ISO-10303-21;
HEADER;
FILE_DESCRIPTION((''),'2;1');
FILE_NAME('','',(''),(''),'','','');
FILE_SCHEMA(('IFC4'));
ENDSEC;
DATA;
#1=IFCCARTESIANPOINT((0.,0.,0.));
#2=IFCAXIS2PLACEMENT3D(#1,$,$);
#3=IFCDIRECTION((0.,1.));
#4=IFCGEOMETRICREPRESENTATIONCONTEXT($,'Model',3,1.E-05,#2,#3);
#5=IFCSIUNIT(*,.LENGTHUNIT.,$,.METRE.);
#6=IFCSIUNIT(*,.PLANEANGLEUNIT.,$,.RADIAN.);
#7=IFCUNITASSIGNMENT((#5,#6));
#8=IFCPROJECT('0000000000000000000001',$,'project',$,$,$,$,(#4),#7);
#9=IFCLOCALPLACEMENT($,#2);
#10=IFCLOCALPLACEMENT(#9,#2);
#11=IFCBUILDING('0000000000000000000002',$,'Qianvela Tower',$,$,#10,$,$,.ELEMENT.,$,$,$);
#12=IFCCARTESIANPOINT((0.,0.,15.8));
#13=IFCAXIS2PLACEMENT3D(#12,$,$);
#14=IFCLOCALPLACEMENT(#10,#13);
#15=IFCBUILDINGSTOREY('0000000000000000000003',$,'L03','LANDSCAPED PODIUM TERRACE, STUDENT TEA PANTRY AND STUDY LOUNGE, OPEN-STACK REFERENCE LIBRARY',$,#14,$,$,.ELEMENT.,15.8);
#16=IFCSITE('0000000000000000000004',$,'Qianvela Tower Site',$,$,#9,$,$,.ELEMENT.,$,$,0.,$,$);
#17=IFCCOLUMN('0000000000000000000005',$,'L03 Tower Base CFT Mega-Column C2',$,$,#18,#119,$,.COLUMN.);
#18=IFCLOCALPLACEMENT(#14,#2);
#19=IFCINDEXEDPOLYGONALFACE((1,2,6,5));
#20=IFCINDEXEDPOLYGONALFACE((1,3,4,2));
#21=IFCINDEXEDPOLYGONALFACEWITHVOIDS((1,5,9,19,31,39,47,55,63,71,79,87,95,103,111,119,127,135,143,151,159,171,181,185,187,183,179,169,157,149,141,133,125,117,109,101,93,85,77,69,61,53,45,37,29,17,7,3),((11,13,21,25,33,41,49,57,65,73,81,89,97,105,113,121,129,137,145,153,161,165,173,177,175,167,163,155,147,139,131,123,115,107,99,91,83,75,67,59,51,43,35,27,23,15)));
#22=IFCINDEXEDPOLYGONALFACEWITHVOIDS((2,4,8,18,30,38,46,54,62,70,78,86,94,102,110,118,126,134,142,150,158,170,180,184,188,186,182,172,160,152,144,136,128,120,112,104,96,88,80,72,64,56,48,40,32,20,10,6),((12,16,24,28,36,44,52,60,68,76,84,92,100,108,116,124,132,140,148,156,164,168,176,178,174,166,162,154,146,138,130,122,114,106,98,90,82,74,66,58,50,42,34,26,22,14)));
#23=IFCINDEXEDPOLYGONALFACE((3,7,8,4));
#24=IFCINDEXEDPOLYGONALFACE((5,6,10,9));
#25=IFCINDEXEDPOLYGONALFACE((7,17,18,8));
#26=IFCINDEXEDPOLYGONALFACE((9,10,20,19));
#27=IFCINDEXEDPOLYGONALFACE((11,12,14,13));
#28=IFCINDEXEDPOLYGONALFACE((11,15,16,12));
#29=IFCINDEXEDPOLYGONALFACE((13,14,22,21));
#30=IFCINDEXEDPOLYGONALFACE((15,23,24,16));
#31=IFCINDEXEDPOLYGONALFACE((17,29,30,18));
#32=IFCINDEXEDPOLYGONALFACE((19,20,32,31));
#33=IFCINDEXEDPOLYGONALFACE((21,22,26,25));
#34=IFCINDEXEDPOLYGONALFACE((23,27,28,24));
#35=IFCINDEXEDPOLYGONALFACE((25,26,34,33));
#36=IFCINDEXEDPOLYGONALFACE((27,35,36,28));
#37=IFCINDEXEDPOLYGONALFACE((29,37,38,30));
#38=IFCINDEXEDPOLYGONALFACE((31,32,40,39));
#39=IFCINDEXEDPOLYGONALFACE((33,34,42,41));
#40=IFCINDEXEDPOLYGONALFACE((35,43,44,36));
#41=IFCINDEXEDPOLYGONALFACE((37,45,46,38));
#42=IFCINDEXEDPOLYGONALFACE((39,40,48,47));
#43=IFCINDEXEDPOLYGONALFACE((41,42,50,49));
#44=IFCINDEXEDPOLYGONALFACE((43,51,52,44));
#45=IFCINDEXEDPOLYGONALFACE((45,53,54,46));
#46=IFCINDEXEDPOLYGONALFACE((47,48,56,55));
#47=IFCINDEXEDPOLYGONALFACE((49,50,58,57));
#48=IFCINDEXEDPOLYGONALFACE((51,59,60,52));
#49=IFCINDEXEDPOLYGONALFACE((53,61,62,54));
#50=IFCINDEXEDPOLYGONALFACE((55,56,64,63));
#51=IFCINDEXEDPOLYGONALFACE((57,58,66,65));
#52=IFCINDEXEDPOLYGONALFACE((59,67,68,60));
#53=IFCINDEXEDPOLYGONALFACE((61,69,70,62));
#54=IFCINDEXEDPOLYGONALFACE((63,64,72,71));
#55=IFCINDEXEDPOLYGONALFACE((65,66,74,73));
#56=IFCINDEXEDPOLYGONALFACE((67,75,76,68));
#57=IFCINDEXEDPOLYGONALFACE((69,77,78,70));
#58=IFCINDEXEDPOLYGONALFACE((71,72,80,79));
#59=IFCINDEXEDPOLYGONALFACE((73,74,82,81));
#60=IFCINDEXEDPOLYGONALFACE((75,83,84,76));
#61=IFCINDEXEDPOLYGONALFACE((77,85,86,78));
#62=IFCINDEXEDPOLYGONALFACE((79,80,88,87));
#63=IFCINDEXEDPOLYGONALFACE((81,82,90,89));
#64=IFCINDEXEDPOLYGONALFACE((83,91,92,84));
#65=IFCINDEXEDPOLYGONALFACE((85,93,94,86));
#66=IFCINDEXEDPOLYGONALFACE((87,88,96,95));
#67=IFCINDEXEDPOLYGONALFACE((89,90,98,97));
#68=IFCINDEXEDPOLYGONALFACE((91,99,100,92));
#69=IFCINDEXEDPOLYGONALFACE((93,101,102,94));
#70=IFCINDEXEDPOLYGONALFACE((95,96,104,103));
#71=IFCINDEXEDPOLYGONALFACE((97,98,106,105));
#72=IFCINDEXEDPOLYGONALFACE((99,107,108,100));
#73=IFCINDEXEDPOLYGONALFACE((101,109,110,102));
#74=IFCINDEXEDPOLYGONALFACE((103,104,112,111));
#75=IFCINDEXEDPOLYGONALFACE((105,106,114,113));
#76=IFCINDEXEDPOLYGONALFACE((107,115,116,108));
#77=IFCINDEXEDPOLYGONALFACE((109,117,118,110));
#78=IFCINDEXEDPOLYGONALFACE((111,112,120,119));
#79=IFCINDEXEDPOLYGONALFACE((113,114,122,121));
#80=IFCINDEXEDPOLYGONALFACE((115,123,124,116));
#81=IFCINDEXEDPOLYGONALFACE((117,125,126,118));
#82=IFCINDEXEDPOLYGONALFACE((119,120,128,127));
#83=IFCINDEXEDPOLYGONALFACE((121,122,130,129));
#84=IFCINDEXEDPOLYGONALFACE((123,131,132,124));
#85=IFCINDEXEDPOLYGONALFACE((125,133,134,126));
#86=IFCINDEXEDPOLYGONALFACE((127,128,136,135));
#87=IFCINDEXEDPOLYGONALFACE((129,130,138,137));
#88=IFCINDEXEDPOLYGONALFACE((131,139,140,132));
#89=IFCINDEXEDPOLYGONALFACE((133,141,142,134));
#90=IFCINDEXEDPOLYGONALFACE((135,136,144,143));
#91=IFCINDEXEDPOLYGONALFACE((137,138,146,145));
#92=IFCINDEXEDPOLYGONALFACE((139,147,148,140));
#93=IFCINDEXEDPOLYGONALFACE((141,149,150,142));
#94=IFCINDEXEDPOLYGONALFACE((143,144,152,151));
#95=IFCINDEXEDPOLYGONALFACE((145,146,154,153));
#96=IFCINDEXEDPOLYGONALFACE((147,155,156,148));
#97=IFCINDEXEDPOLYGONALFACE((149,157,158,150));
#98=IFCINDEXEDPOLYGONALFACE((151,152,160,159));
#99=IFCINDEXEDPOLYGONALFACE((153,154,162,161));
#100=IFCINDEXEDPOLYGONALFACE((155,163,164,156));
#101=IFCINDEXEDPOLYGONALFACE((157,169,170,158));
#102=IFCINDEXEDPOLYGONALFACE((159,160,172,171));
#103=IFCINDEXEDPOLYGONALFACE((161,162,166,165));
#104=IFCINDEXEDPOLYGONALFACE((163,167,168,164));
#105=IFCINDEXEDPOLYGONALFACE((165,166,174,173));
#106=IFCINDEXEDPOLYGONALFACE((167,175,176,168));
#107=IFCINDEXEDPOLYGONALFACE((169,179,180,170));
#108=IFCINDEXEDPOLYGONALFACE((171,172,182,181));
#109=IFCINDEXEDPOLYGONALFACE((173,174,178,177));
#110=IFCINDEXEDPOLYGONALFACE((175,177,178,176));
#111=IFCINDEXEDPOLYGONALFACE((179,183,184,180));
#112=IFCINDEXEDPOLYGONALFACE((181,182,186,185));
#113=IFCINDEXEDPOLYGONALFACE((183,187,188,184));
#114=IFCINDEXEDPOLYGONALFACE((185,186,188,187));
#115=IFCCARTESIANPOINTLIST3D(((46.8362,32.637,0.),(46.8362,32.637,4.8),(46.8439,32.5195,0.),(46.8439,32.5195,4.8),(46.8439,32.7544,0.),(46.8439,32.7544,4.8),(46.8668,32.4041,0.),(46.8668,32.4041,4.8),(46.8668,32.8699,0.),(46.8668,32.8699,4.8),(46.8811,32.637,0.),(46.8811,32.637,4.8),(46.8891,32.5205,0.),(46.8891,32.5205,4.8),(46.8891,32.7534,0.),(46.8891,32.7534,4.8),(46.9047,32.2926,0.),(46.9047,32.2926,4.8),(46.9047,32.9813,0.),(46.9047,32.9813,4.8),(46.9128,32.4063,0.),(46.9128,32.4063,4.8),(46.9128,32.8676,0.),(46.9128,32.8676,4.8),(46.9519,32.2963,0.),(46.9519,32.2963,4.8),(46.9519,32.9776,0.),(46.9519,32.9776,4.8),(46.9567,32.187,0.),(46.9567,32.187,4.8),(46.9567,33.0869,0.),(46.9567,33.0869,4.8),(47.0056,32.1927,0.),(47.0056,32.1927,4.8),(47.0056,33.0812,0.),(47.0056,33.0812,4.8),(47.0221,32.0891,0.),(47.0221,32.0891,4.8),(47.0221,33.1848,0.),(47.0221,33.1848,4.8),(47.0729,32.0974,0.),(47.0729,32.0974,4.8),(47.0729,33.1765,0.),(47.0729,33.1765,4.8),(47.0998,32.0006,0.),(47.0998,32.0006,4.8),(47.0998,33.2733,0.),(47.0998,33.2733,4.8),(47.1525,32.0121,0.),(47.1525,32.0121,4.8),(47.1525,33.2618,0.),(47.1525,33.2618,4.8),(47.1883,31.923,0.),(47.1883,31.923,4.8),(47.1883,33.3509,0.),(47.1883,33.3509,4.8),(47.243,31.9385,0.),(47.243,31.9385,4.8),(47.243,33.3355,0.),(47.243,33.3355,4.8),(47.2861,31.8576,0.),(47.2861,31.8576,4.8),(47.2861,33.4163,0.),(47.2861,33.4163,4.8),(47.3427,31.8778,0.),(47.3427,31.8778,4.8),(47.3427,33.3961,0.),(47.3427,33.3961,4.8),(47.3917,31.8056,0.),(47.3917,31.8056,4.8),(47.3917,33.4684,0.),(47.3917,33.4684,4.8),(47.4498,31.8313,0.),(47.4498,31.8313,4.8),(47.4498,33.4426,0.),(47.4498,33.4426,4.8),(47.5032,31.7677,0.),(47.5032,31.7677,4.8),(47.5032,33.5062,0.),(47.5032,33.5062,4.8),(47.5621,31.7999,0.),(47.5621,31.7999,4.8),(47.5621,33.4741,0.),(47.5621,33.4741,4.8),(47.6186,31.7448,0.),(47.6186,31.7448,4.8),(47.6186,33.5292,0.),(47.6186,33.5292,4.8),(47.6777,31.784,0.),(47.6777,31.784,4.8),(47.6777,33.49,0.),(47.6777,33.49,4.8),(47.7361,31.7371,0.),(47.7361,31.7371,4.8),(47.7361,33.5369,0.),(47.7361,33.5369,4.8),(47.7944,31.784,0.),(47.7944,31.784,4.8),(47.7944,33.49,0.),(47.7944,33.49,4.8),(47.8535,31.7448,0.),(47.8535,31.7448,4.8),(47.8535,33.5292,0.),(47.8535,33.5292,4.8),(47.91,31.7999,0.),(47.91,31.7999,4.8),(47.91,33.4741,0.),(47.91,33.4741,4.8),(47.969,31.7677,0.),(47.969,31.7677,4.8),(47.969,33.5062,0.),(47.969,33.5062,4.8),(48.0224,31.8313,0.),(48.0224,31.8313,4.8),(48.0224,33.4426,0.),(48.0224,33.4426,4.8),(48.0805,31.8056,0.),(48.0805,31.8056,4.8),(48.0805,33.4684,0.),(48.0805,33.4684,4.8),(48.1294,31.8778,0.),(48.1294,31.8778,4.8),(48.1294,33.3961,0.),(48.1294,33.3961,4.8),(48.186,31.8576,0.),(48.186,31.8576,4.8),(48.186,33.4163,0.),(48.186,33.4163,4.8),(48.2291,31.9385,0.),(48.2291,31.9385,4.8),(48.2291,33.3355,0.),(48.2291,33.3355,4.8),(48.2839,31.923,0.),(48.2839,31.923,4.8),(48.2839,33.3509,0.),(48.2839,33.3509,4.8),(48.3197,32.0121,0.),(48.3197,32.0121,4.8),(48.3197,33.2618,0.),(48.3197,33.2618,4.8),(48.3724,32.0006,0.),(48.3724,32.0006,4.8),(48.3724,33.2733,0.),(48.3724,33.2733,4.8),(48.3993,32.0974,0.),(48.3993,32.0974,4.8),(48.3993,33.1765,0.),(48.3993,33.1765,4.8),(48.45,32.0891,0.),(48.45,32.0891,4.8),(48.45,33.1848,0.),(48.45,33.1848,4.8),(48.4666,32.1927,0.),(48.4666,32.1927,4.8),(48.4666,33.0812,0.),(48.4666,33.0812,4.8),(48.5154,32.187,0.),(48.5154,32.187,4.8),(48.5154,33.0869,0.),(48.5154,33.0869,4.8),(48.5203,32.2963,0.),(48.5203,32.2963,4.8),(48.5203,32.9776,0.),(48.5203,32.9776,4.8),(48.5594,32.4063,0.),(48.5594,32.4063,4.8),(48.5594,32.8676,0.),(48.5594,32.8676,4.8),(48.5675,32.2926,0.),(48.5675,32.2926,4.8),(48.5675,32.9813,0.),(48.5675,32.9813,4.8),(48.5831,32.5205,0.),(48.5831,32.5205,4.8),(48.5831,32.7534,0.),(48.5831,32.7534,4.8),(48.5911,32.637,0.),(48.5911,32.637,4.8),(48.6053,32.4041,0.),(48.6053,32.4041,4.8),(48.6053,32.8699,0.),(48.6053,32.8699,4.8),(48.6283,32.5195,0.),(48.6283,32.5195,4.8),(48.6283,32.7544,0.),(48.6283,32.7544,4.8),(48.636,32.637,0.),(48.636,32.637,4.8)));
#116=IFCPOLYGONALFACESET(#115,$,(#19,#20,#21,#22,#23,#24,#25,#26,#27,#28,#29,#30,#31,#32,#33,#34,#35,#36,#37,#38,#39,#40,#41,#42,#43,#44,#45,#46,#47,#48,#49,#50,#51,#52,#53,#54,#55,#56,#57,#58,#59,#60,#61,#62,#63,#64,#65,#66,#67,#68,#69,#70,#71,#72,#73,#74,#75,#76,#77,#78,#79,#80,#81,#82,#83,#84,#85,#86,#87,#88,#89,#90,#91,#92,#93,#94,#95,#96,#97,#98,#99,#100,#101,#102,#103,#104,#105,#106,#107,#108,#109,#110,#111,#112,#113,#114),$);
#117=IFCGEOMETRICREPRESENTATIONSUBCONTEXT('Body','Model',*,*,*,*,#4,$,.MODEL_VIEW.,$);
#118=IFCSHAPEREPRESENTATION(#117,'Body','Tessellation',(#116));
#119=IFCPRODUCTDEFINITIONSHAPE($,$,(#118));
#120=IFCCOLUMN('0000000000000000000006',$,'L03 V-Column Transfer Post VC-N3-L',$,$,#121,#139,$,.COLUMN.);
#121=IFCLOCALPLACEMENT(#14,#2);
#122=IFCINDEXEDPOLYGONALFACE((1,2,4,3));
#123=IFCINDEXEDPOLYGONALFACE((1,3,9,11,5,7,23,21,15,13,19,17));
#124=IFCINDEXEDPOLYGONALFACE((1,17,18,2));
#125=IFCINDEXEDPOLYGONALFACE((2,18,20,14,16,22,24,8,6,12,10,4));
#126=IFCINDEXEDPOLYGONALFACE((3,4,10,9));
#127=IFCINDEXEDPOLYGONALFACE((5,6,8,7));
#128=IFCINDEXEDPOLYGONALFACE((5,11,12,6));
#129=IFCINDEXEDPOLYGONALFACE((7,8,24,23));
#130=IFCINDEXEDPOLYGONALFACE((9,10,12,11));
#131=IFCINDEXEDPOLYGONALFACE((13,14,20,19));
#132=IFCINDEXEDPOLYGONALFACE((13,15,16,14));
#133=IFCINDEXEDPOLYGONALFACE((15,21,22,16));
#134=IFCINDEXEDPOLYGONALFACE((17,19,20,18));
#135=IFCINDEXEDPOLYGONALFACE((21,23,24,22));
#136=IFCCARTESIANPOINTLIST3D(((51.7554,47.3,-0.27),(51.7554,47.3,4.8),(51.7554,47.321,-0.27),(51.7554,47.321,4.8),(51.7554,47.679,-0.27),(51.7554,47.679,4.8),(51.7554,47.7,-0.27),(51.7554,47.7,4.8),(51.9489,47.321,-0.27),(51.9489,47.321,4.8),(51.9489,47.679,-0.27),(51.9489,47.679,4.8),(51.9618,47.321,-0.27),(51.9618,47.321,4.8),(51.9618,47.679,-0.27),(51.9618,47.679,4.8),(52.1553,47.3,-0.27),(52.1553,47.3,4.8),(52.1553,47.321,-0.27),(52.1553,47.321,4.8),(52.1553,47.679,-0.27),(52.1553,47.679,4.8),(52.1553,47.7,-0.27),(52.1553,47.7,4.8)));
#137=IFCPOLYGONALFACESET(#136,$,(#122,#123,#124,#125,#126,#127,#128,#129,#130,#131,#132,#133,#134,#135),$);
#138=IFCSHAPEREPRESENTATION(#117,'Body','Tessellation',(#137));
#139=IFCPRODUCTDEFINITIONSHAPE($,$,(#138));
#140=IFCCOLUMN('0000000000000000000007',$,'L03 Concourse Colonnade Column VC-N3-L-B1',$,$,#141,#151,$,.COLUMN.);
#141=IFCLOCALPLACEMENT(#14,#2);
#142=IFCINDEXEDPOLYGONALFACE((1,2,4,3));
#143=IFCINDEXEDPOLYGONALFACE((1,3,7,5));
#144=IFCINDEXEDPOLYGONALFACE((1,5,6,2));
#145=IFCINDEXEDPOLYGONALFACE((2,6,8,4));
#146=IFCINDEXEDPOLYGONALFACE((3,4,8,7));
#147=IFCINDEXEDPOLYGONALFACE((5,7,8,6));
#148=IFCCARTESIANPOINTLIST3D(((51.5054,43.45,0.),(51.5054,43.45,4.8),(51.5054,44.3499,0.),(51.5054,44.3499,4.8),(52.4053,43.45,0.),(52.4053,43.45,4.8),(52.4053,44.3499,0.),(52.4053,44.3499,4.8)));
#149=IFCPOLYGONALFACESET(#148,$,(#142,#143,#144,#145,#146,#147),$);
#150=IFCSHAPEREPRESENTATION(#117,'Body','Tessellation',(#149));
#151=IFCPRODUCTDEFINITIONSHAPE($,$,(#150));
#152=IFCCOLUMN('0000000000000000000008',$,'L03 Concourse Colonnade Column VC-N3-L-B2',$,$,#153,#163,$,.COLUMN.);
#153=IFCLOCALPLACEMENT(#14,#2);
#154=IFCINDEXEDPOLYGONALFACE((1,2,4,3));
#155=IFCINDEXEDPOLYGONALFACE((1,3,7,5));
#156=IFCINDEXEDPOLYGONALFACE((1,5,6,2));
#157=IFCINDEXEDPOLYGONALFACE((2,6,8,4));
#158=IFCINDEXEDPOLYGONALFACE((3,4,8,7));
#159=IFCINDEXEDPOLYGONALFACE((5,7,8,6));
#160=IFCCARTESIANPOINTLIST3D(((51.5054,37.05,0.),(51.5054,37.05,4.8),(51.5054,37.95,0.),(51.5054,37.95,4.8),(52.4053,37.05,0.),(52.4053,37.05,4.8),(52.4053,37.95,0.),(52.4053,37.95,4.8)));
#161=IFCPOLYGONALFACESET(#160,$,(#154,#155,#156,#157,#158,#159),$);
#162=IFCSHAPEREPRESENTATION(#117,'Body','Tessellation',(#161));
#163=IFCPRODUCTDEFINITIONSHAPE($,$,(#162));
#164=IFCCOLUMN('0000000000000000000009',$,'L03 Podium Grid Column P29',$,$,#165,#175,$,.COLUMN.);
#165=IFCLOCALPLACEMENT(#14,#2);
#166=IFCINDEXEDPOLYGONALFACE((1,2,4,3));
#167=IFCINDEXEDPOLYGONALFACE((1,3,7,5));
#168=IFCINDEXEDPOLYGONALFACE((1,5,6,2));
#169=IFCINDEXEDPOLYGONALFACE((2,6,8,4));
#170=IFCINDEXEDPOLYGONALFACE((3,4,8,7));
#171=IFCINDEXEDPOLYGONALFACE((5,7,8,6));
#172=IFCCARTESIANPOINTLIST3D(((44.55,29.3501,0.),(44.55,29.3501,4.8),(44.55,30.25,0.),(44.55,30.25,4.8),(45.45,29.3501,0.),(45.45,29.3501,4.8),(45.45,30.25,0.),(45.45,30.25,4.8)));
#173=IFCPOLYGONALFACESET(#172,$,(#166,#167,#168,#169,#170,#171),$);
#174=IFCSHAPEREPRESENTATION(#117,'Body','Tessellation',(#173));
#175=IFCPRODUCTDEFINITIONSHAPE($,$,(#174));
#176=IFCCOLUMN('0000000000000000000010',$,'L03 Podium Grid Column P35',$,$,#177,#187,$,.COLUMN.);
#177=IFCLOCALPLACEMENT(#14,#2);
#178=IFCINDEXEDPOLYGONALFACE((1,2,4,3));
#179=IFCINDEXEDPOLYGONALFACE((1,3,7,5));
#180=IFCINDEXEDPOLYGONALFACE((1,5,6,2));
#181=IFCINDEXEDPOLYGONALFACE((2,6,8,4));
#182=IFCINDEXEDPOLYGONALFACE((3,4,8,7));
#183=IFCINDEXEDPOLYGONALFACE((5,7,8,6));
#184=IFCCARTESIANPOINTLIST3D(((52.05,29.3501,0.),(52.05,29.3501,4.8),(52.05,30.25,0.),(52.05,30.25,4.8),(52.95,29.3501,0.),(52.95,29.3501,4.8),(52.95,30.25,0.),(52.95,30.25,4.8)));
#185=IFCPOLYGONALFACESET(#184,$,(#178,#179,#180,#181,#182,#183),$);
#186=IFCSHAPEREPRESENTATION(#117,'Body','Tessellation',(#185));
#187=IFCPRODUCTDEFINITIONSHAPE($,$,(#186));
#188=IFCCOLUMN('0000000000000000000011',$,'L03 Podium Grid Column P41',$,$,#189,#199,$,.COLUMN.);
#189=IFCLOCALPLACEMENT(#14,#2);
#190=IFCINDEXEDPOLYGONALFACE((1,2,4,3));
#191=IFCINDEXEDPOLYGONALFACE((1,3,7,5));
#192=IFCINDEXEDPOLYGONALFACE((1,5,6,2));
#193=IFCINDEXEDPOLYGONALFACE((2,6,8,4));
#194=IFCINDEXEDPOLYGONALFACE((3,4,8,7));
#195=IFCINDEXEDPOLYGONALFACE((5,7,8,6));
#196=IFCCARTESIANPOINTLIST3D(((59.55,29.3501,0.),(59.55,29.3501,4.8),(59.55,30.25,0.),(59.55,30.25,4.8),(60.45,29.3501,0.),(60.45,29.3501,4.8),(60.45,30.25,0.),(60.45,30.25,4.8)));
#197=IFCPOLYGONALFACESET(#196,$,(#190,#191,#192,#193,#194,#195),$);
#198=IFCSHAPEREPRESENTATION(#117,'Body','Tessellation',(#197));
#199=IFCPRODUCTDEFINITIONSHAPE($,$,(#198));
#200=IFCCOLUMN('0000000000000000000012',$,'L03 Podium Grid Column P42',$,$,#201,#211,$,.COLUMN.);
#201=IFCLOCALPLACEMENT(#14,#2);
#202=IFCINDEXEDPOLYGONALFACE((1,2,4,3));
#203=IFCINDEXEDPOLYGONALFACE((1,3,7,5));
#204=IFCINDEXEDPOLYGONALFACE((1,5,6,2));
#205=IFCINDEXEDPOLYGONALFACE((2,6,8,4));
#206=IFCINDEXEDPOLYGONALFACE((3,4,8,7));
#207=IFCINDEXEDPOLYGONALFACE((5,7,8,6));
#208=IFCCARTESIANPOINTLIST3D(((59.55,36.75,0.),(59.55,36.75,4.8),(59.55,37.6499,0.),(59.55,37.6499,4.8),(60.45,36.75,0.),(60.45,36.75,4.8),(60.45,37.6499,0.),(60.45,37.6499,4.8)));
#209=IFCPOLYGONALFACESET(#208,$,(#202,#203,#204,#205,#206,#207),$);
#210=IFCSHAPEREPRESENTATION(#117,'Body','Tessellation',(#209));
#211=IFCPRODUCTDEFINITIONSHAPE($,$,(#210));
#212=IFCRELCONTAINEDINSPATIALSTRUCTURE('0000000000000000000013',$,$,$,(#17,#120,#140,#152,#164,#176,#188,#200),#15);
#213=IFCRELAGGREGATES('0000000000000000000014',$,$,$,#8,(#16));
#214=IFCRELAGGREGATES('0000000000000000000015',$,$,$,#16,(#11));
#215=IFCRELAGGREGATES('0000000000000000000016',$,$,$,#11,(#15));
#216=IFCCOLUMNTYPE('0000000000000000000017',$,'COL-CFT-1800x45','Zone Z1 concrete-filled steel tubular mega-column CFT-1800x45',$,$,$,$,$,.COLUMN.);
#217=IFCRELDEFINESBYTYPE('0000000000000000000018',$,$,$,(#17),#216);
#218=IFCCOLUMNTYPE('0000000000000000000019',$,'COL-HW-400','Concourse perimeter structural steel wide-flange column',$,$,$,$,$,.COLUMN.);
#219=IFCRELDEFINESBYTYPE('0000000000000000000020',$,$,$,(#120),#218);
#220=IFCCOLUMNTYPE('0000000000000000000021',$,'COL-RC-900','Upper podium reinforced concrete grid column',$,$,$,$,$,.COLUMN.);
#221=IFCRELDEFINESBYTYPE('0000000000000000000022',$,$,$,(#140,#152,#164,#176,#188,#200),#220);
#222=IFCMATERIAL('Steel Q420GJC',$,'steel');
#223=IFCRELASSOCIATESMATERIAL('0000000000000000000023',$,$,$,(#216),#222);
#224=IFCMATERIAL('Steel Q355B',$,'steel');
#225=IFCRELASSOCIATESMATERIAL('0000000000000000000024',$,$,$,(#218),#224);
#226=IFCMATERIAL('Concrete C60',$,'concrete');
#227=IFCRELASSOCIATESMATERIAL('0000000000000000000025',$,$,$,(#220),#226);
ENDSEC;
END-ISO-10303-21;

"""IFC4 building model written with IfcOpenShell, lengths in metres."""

from ifc_helpers import new_model, si_unit, direction, frame, origin, origin_2d, place, context, subcontext, project, spatial, rectangle, hollow_circle, i_section, extrude, material, material_profile, profile_set, type_object, element, save


model = new_model("IFC4")

# Units and contexts
model_context = context("Model", 3, precision=1e-05, world=origin(), true_north=direction((0.0, 1.0)))
body_context = subcontext(model_context, "Body", "Model", "MODEL_VIEW")
ifc_project = project(units=[si_unit("LENGTHUNIT", "METRE"), si_unit("PLANEANGLEUNIT", "RADIAN")], contexts=[model_context])

# Site, building, storey
site_placement = place(None, origin())
site = spatial("IfcSite", under=ifc_project, at=site_placement, Name="Qianvela Tower Site", CompositionType="ELEMENT", RefElevation=0.0)
building_placement = place(site_placement, origin())
building = spatial("IfcBuilding", under=site, at=building_placement, Name="Qianvela Tower", CompositionType="ELEMENT")
storey_placement = place(building_placement, frame((0.0, 0.0, 15.8)))
storey = spatial("IfcBuildingStorey", under=building, at=storey_placement, Name="L03", Description="LANDSCAPED PODIUM TERRACE, STUDENT TEA PANTRY AND STUDY LOUNGE, OPEN-STACK REFERENCE LIBRARY", CompositionType="ELEMENT", Elevation=15.8)

# Columns
ifc_material_1 = material(Name="Steel Q420GJC", Category="steel")
ifc_material_profile_1 = material_profile(ifc_material_1, hollow_circle(Radius=0.8999, WallThickness=0.0449, at=origin_2d()), Name="CFT-1800x45")
ifc_profile_set_1 = profile_set([ifc_material_profile_1], Name="Steel Q420GJC")
column_type_1 = type_object("IfcColumnType", Name="COL-CFT-1800x45", Description="Zone Z1 concrete-filled steel tubular mega-column CFT-1800x45", PredefinedType="COLUMN", material=ifc_profile_set_1)
column_1_placement = place(storey_placement, frame((47.7361, 32.637, 0.0), z_axis=(0.0, 0.0, 1.0), x_axis=(1.0, 0.0, 0.0)))
element("IfcColumn", 1, at=column_1_placement, inside=storey, type_object=column_type_1, Name="L03 Tower Base CFT Mega-Column C2", PredefinedType="COLUMN", context=body_context, shape_type="SweptSolid", body=[
    extrude(hollow_circle(Radius=0.8999, WallThickness=0.0449, at=origin_2d()), origin(), (0.0, 0.0, 1.0), 4.8),
])
ifc_material_2 = material(Name="Steel Q355B", Category="steel")
ifc_material_profile_2 = material_profile(ifc_material_2, i_section(OverallWidth=0.3999, OverallDepth=0.3999, WebThickness=0.0129, FlangeThickness=0.021, at=origin_2d()), Name="HW400x400x13x21")
ifc_profile_set_2 = profile_set([ifc_material_profile_2], Name="Steel Q355B")
column_type_2 = type_object("IfcColumnType", Name="COL-HW-400", Description="Concourse perimeter structural steel wide-flange column", PredefinedType="COLUMN", material=ifc_profile_set_2)
column_2_placement = place(storey_placement, frame((51.9553, 47.5, -0.27), z_axis=(0.0, 0.0, 1.0), x_axis=(1.0, 0.0, 0.0)))
element("IfcColumn", 2, at=column_2_placement, inside=storey, type_object=column_type_2, Name="L03 V-Column Transfer Post VC-N3-L", PredefinedType="COLUMN", context=body_context, shape_type="SweptSolid", body=[
    extrude(i_section(OverallWidth=0.3999, OverallDepth=0.3999, WebThickness=0.0129, FlangeThickness=0.021, at=origin_2d()), origin(), (0.0, 0.0, 1.0), 5.0701),
])
ifc_material_3 = material(Name="Concrete C60", Category="concrete")
ifc_material_profile_3 = material_profile(ifc_material_3, rectangle(XDim=0.8999, YDim=0.8999, at=origin_2d()), Name="RC-COL-900x900")
ifc_profile_set_3 = profile_set([ifc_material_profile_3], Name="Concrete C60")
column_type_3 = type_object("IfcColumnType", Name="COL-RC-900", Description="Upper podium reinforced concrete grid column", PredefinedType="COLUMN", material=ifc_profile_set_3)
for number, where, z_axis, x_axis, name in (
    (3, (51.9553, 43.8999, 0.0), (0.0, 0.0, 1.0), (1.0, 0.0, 0.0), "L03 Concourse Colonnade Column VC-N3-L-B1"),
    (4, (51.9553, 37.5, 0.0), (0.0, 0.0, 1.0), (1.0, 0.0, 0.0), "L03 Concourse Colonnade Column VC-N3-L-B2"),
    (5, (45.0, 29.8, 0.0), (0.0, 0.0, 1.0), (1.0, 0.0, 0.0), "L03 Podium Grid Column P29"),
    (6, (52.5, 29.8, 0.0), (0.0, 0.0, 1.0), (1.0, 0.0, 0.0), "L03 Podium Grid Column P35"),
    (7, (60.0, 29.8, 0.0), (0.0, 0.0, 1.0), (1.0, 0.0, 0.0), "L03 Podium Grid Column P41"),
    (8, (60.0, 37.2, 0.0), (0.0, 0.0, 1.0), (1.0, 0.0, 0.0), "L03 Podium Grid Column P42"),
):
    element("IfcColumn", number, at=place(storey_placement, frame(where, z_axis=z_axis, x_axis=x_axis)), inside=storey, type_object=column_type_3, Name=name, PredefinedType="COLUMN", context=body_context, shape_type="SweptSolid", body=[
        extrude(rectangle(XDim=0.8999, YDim=0.8999, at=origin_2d()), origin(), (0.0, 0.0, 1.0), 4.8),
    ])

save(model, "model.ifc")
